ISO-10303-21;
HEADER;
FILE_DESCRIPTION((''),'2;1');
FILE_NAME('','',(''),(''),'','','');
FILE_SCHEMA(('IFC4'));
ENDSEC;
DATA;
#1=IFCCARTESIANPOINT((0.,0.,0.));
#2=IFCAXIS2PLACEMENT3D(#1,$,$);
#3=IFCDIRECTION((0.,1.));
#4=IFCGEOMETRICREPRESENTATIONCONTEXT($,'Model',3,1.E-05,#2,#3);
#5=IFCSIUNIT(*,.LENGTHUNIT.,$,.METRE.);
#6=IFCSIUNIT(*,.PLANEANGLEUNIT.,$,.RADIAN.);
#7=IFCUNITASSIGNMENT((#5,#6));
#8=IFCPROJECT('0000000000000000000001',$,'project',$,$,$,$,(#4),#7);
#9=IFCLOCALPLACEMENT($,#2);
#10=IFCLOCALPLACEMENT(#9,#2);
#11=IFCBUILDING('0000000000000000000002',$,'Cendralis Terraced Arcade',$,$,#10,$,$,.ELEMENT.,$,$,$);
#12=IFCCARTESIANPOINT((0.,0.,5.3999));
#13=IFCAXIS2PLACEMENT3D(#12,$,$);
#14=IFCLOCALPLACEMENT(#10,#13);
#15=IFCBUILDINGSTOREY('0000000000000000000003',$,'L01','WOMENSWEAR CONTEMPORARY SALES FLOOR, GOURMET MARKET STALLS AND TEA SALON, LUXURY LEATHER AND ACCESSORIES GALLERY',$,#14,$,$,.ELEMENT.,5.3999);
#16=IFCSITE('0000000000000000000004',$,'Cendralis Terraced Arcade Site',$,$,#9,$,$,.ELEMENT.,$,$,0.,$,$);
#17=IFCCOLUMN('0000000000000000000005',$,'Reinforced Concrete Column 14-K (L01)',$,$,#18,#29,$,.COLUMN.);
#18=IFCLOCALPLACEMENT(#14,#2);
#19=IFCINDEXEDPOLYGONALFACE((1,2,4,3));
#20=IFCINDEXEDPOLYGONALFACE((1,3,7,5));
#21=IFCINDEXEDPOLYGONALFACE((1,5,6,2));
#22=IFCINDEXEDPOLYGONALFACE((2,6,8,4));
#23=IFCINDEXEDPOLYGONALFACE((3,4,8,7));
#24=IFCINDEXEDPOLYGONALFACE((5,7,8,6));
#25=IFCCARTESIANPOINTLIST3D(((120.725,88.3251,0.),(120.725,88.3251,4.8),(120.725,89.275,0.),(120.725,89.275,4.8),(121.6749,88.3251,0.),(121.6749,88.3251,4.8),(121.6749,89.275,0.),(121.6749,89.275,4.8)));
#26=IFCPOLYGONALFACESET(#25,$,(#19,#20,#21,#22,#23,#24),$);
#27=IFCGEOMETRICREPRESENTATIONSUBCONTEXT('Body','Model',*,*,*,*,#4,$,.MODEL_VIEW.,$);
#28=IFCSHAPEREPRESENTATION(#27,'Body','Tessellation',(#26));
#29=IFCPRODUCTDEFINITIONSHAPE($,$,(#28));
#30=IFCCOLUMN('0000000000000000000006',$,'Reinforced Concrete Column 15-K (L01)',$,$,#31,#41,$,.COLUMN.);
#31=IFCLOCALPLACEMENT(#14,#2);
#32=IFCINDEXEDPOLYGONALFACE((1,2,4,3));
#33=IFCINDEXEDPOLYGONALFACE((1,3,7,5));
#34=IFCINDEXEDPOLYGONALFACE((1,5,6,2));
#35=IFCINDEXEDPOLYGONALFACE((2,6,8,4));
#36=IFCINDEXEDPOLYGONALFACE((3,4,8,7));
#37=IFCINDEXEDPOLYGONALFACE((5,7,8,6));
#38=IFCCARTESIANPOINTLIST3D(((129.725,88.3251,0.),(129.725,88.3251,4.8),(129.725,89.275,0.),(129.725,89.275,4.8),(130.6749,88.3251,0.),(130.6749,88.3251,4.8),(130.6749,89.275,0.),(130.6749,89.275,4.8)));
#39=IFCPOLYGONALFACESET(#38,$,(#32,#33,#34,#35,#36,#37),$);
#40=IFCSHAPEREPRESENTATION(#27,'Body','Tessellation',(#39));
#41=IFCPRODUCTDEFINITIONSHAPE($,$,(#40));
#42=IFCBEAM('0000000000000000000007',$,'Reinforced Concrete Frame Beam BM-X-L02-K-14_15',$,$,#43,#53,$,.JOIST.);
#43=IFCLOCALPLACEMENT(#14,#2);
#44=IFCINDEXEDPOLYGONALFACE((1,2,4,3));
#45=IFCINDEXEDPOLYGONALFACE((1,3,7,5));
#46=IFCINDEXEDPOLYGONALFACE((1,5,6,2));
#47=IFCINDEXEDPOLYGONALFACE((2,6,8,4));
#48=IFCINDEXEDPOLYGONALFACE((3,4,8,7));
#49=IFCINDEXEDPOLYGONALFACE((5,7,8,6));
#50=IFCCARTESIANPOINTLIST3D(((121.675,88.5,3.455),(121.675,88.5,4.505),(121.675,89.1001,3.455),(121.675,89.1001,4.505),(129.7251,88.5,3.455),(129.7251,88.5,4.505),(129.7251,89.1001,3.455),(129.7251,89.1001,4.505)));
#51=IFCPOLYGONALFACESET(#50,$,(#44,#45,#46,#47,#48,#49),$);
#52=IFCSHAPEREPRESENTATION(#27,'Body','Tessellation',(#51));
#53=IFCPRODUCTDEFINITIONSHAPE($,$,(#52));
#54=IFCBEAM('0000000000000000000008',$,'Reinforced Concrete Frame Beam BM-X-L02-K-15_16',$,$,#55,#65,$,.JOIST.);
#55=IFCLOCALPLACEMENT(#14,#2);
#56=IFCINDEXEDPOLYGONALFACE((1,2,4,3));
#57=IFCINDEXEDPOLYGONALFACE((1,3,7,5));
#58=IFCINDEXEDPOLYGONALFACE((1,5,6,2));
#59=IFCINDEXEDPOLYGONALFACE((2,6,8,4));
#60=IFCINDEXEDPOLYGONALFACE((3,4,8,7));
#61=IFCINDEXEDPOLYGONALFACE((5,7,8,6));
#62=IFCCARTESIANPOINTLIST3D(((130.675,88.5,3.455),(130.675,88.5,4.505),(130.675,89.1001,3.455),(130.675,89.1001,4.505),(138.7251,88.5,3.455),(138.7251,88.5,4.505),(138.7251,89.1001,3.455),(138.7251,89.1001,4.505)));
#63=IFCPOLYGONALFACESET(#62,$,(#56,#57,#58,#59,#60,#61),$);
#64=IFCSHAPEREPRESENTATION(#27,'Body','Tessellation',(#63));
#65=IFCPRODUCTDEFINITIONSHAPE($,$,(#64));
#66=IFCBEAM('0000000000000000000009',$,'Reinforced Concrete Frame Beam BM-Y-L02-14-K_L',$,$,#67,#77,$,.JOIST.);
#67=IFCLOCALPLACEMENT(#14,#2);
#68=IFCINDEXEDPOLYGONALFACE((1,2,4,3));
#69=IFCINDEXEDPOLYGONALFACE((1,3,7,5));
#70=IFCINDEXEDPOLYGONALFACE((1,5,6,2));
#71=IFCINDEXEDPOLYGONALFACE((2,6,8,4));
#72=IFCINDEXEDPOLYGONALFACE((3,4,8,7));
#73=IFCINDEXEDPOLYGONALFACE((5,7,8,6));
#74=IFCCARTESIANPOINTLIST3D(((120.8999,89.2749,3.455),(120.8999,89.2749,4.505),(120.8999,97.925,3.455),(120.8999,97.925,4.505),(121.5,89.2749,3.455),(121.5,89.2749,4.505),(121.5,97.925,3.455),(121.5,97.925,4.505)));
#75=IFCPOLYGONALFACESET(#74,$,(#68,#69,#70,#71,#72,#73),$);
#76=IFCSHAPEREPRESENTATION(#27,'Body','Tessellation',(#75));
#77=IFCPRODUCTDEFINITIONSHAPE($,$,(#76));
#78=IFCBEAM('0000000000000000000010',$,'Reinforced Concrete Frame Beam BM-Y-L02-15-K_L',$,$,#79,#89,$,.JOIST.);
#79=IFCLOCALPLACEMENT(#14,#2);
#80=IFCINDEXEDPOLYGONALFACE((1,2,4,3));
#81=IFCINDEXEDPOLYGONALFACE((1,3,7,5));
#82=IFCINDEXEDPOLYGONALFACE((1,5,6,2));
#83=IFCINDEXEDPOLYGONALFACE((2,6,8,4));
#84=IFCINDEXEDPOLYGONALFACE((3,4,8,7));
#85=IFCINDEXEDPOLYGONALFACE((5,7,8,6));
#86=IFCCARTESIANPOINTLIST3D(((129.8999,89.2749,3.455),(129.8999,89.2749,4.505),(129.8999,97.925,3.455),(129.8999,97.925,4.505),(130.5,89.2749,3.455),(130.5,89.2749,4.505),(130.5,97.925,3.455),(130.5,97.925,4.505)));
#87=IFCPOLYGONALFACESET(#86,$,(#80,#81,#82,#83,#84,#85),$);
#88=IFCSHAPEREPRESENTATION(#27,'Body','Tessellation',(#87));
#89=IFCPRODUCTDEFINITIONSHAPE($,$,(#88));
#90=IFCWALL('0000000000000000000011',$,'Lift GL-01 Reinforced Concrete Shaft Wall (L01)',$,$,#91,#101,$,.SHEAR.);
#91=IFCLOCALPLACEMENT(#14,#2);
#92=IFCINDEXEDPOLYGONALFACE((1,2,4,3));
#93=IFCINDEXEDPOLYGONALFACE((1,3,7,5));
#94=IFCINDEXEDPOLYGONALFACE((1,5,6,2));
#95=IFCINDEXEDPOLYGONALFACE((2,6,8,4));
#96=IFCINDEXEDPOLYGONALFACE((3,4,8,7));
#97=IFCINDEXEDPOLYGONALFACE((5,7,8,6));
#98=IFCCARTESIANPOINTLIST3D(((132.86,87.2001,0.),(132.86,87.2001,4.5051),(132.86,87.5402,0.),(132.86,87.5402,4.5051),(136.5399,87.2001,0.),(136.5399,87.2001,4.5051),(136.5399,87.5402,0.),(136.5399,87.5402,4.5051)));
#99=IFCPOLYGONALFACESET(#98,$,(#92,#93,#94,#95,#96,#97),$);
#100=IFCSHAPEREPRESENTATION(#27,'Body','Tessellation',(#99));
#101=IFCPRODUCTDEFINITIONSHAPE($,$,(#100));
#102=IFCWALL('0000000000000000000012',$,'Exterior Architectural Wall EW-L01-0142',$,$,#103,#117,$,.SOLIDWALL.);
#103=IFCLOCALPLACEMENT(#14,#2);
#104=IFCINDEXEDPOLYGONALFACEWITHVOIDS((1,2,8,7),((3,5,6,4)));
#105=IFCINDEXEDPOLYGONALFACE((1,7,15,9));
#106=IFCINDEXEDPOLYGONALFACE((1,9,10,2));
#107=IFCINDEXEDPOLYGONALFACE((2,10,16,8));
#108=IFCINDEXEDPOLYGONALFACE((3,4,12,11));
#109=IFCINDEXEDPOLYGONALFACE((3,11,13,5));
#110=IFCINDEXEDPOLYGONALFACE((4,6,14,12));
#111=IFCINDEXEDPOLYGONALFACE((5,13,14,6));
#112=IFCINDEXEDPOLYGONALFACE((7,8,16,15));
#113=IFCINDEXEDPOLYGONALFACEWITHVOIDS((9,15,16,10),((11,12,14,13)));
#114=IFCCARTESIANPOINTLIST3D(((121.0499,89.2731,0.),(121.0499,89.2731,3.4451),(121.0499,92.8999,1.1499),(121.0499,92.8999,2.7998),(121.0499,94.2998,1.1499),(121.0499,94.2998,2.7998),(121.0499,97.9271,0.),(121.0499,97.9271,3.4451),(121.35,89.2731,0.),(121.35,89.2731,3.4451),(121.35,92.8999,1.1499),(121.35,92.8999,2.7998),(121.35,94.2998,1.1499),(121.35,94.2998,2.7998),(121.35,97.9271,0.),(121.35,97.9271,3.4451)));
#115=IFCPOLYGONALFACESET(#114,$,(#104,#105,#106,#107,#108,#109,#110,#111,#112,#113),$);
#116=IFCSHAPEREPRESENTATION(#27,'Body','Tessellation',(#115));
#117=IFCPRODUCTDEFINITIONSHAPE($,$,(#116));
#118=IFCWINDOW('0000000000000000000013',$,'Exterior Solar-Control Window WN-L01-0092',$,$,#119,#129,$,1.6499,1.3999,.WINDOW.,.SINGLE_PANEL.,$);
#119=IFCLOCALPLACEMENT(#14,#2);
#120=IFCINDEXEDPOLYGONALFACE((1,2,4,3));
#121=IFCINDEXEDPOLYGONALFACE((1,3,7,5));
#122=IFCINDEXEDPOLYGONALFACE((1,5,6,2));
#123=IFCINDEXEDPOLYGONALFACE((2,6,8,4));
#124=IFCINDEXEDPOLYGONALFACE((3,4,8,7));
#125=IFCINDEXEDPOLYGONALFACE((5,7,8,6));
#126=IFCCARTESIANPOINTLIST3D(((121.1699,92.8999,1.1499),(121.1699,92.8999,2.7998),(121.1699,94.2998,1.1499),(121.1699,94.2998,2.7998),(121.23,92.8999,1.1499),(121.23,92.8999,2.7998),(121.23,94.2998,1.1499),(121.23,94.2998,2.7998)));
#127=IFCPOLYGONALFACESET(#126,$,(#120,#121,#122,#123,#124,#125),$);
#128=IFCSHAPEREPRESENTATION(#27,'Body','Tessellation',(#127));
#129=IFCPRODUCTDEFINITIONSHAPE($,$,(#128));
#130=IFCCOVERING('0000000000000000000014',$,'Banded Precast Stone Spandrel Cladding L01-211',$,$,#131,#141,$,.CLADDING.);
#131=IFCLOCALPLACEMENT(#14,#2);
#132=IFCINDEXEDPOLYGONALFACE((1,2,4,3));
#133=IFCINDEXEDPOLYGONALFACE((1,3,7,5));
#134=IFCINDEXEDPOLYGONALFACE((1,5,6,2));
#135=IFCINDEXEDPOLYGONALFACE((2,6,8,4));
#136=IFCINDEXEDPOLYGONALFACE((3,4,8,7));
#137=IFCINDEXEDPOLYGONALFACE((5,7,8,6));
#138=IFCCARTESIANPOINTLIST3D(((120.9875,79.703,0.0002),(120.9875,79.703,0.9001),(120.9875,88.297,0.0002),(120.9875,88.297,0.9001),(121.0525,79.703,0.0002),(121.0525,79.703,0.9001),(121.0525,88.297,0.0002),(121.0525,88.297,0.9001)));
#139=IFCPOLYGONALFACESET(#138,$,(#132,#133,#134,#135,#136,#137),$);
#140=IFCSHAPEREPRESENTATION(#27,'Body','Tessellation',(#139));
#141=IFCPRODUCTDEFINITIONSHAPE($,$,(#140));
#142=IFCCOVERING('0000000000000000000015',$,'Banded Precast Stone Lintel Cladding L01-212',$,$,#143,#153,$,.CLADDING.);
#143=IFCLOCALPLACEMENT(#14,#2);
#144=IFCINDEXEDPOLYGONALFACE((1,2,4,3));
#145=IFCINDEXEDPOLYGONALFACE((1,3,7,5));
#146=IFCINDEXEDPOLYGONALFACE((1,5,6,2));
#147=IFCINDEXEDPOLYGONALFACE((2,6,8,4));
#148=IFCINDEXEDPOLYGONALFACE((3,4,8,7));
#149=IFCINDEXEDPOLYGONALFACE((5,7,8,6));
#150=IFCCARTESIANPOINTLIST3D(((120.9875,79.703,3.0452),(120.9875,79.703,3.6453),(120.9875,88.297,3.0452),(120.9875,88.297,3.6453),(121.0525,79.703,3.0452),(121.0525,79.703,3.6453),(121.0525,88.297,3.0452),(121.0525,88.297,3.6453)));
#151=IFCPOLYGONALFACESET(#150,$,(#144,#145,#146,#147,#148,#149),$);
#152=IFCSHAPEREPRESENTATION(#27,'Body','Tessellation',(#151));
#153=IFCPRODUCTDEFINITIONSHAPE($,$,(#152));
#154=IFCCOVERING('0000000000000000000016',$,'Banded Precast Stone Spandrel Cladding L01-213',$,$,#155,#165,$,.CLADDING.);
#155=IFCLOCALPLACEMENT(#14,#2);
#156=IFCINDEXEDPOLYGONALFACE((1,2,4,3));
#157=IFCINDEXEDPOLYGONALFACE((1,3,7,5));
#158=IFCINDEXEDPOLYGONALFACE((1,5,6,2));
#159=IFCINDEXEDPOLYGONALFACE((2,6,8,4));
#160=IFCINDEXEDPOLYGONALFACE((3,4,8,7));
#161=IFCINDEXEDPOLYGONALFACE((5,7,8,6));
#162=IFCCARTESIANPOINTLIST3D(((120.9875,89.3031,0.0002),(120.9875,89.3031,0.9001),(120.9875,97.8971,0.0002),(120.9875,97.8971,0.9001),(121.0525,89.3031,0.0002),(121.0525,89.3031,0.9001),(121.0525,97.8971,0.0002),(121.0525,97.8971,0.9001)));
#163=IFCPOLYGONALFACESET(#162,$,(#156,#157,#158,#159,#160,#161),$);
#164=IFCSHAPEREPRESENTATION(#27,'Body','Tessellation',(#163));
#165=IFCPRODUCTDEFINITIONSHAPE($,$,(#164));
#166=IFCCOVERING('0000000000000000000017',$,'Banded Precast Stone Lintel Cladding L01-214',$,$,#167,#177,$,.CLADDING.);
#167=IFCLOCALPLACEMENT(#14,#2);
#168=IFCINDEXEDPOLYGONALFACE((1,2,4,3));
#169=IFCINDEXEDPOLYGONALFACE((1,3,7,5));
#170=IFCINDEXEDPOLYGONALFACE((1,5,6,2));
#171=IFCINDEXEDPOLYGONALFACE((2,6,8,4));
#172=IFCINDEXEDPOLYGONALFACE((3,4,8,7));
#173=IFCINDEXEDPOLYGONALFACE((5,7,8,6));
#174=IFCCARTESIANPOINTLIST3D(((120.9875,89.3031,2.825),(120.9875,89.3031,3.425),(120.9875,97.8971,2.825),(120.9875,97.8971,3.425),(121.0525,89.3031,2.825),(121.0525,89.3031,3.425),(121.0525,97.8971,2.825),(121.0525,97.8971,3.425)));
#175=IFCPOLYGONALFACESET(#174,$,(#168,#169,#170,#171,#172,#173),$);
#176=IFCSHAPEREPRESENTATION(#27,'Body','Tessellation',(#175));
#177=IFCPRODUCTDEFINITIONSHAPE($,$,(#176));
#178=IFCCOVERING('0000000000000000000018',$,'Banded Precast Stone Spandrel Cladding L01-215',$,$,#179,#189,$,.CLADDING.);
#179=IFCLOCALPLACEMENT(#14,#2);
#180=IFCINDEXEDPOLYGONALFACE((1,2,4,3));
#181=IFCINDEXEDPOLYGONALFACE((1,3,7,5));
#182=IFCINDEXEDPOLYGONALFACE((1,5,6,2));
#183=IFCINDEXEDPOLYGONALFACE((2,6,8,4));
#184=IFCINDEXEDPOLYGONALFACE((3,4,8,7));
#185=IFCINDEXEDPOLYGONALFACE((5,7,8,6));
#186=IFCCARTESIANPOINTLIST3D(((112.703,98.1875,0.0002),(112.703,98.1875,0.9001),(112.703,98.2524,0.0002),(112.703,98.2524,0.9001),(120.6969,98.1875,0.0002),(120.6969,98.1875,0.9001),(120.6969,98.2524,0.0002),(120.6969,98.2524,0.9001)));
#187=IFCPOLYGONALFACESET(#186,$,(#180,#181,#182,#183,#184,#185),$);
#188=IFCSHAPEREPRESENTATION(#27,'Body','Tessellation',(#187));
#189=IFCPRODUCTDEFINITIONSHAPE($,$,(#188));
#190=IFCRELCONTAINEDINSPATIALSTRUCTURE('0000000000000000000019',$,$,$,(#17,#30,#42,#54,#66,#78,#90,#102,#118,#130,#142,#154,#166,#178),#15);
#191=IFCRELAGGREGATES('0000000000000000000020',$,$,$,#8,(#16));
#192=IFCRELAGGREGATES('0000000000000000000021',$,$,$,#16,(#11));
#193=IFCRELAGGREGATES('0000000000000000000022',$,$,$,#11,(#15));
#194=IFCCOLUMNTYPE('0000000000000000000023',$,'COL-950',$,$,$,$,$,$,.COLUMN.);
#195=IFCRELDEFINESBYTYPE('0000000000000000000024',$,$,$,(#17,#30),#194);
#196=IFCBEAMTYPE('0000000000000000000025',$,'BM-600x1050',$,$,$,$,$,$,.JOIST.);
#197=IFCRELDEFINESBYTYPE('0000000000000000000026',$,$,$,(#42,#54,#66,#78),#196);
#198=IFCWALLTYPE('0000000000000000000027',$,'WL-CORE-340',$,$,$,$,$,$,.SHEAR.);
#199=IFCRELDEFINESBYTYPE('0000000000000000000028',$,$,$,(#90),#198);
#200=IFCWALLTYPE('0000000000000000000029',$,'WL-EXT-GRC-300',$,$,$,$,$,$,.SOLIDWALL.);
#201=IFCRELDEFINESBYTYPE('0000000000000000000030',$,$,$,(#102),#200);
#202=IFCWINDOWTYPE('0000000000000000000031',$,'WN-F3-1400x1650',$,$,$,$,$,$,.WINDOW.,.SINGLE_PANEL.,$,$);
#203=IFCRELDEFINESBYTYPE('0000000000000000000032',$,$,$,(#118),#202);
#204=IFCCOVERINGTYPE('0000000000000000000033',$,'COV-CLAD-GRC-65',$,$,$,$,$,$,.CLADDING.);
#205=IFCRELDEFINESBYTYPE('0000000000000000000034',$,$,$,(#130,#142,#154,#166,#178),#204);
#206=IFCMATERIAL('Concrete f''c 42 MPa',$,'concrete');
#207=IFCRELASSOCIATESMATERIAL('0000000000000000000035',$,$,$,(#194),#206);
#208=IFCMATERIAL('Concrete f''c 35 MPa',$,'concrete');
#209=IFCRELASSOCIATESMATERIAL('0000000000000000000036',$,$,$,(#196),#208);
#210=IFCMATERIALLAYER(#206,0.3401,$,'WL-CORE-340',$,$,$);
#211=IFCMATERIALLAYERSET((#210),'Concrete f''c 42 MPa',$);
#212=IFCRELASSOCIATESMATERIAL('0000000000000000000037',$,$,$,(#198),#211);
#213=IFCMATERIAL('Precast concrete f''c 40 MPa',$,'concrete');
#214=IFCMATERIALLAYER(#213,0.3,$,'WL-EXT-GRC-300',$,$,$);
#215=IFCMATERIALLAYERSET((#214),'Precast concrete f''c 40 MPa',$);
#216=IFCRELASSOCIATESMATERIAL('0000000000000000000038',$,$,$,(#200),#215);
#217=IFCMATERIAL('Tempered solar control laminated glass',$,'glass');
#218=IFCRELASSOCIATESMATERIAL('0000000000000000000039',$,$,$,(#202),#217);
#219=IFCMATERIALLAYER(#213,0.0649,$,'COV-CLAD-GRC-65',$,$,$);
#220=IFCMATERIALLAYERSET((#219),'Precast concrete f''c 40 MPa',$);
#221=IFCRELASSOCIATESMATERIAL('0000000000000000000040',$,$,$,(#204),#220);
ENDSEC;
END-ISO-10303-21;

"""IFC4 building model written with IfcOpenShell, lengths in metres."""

from ifc_helpers import new_model, si_unit, direction, frame, frame_2d, origin, origin_2d, place, context, subcontext, project, spatial, rectangle, extrude, material, layer, layer_set, material_profile, profile_set, type_object, element, fill, save


model = new_model("IFC4")

# Units and contexts
model_context = context("Model", 3, precision=1e-05, world=origin(), true_north=direction((0.0, 1.0)))
body_context = subcontext(model_context, "Body", "Model", "MODEL_VIEW")
ifc_project = project(units=[si_unit("LENGTHUNIT", "METRE"), si_unit("PLANEANGLEUNIT", "RADIAN")], contexts=[model_context])

# Site, building, storey
site_placement = place(None, origin())
site = spatial("IfcSite", under=ifc_project, at=site_placement, Name="Cendralis Terraced Arcade Site", CompositionType="ELEMENT", RefElevation=0.0)
building_placement = place(site_placement, origin())
building = spatial("IfcBuilding", under=site, at=building_placement, Name="Cendralis Terraced Arcade", CompositionType="ELEMENT")
storey_placement = place(building_placement, frame((0.0, 0.0, 5.3999)))
storey = spatial("IfcBuildingStorey", under=building, at=storey_placement, Name="L01", Description="WOMENSWEAR CONTEMPORARY SALES FLOOR, GOURMET MARKET STALLS AND TEA SALON, LUXURY LEATHER AND ACCESSORIES GALLERY", CompositionType="ELEMENT", Elevation=5.3999)

# Columns
ifc_material_1 = material(Name="Concrete f'c 42 MPa", Category="concrete")
ifc_material_profile_1 = material_profile(ifc_material_1, rectangle(XDim=0.95, YDim=0.95, at=origin_2d()), Name="RC-COL-950x950", Category="LoadBearing")
ifc_profile_set_1 = profile_set([ifc_material_profile_1], Name="Concrete f'c 42 MPa")
column_type = type_object("IfcColumnType", Name="COL-950", PredefinedType="COLUMN", material=ifc_profile_set_1)
for number, where, z_axis, x_axis, name in (
    (1, (121.2, 88.8, 0.0), (0.0, 0.0, 1.0), (1.0, 0.0, 0.0), "Reinforced Concrete Column 14-K (L01)"),
    (2, (130.2, 88.8, 0.0), (0.0, 0.0, 1.0), (1.0, 0.0, 0.0), "Reinforced Concrete Column 15-K (L01)"),
):
    element("IfcColumn", number, at=place(storey_placement, frame(where, z_axis=z_axis, x_axis=x_axis)), inside=storey, type_object=column_type, Name=name, PredefinedType="COLUMN", context=body_context, shape_type="SweptSolid", body=[
        extrude(rectangle(XDim=0.95, YDim=0.95, at=origin_2d()), origin(), (0.0, 0.0, 1.0), 4.8),
    ])

# Beams
ifc_material_2 = material(Name="Concrete f'c 35 MPa", Category="concrete")
ifc_material_profile_2 = material_profile(ifc_material_2, rectangle(XDim=0.6001, YDim=1.05, at=origin_2d()), Name="RC-BM-600x1050", Category="LoadBearing")
ifc_profile_set_2 = profile_set([ifc_material_profile_2], Name="Concrete f'c 35 MPa")
beam_type = type_object("IfcBeamType", Name="BM-600x1050", PredefinedType="JOIST", material=ifc_profile_set_2)
for number, where, z_axis, x_axis, name in (
    (3, (121.675, 88.8, 3.98), (1.0, 0.0, 0.0), (0.0, 1.0, 0.0), "Reinforced Concrete Frame Beam BM-X-L02-K-14_15"),
    (4, (130.675, 88.8, 3.98), (1.0, 0.0, 0.0), (0.0, 1.0, 0.0), "Reinforced Concrete Frame Beam BM-X-L02-K-15_16"),
):
    element("IfcBeam", number, at=place(storey_placement, frame(where, z_axis=z_axis, x_axis=x_axis)), inside=storey, type_object=beam_type, Name=name, PredefinedType="JOIST", context=body_context, shape_type="SweptSolid", body=[
        extrude(rectangle(XDim=0.6001, YDim=1.05, at=origin_2d()), origin(), (0.0, 0.0, 1.0), 8.05),
    ])
for number, where, z_axis, x_axis, name in (
    (5, (121.2, 89.2749, 3.98), (0.0, 1.0, 0.0), (-1.0, 0.0, 0.0), "Reinforced Concrete Frame Beam BM-Y-L02-14-K_L"),
    (6, (130.2, 89.2749, 3.98), (0.0, 1.0, 0.0), (-1.0, 0.0, 0.0), "Reinforced Concrete Frame Beam BM-Y-L02-15-K_L"),
):
    element("IfcBeam", number, at=place(storey_placement, frame(where, z_axis=z_axis, x_axis=x_axis)), inside=storey, type_object=beam_type, Name=name, PredefinedType="JOIST", context=body_context, shape_type="SweptSolid", body=[
        extrude(rectangle(XDim=0.6001, YDim=1.05, at=origin_2d()), origin(), (0.0, 0.0, 1.0), 8.6501),
    ])

# Shared definitions
ifc_layer_1 = layer(ifc_material_1, 0.3401, Name="WL-CORE-340")
ifc_layer_set_1 = layer_set([ifc_layer_1], Name="Concrete f'c 42 MPa")
wall_type_1 = type_object("IfcWallType", Name="WL-CORE-340", PredefinedType="SHEAR", material=ifc_layer_set_1)

# Wall
wall_1_placement = place(storey_placement, frame((132.8601, 87.3701, 0.0), z_axis=(0.0, 0.0, 1.0), x_axis=(1.0, 0.0, 0.0)))
element("IfcWall", 7, at=wall_1_placement, inside=storey, type_object=wall_type_1, Name="Lift GL-01 Reinforced Concrete Shaft Wall (L01)", PredefinedType="SHEAR", context=body_context, shape_type="SweptSolid", body=[
    extrude(rectangle(XDim=3.6799, YDim=0.3401, at=frame_2d((1.8398, 0.0))), origin(), (0.0, 0.0, 1.0), 4.5051),
])

# Wall, opening, window
ifc_material_3 = material(Name="Precast concrete f'c 40 MPa", Category="concrete")
ifc_layer_2 = layer(ifc_material_3, 0.3, Name="WL-EXT-GRC-300")
ifc_layer_set_2 = layer_set([ifc_layer_2], Name="Precast concrete f'c 40 MPa")
wall_type_2 = type_object("IfcWallType", Name="WL-EXT-GRC-300", PredefinedType="SOLIDWALL", material=ifc_layer_set_2)
wall_2_placement = place(storey_placement, frame((121.2, 89.2729, 0.0), z_axis=(0.0, 0.0, 1.0), x_axis=(0.0, 1.0, 0.0)))
wall_2 = element("IfcWall", 8, at=wall_2_placement, inside=storey, type_object=wall_type_2, Name="Exterior Architectural Wall EW-L01-0142", PredefinedType="SOLIDWALL", context=body_context, shape_type="SweptSolid", body=[
    extrude(rectangle(XDim=8.6541, YDim=0.3, at=frame_2d((4.3271, 0.0))), origin(), (0.0, 0.0, 1.0), 3.4451),
])
opening_1_placement = place(wall_2_placement, frame((3.627, 0.0, 1.1499)))
opening_1 = element("IfcOpeningElement", 9, at=opening_1_placement, cuts=wall_2, PredefinedType="OPENING", context=body_context, shape_type="SweptSolid", body=[
    extrude(rectangle(XDim=1.3999, YDim=1.6499, at=frame_2d((0.7, 0.825))), frame((0.0, 0.1621, 0.0), z_axis=(0.0, -1.0, 0.0), x_axis=(1.0, 0.0, 0.0)), (0.0, 0.0, 1.0), 0.324),
])
ifc_material_4 = material(Name="Tempered solar control laminated glass", Category="glass")
window_type = type_object("IfcWindowType", Name="WN-F3-1400x1650", PartitioningType="SINGLE_PANEL", PredefinedType="WINDOW", material=ifc_material_4)
window_placement = place(opening_1_placement, origin())
window = element("IfcWindow", 10, at=window_placement, inside=storey, type_object=window_type, Name="Exterior Solar-Control Window WN-L01-0092", OverallHeight=1.6499, OverallWidth=1.3999, PartitioningType="SINGLE_PANEL", PredefinedType="WINDOW", context=body_context, shape_type="SweptSolid", body=[
    extrude(rectangle(XDim=1.3999, YDim=1.6499, at=frame_2d((0.7, 0.825))), frame((0.0, 0.03, 0.0), z_axis=(0.0, -1.0, 0.0), x_axis=(1.0, 0.0, 0.0)), (0.0, 0.0, 1.0), 0.0601),
])
fill(opening_1, window)

# Coverings
ifc_layer_3 = layer(ifc_material_3, 0.0649, Name="COV-CLAD-GRC-65")
ifc_layer_set_3 = layer_set([ifc_layer_3], Name="Precast concrete f'c 40 MPa")
covering_type = type_object("IfcCoveringType", Name="COV-CLAD-GRC-65", PredefinedType="CLADDING", material=ifc_layer_set_3)
covering_1_placement = place(storey_placement, frame((121.02, 84.0, 0.0002), z_axis=(0.0, 0.0, 1.0), x_axis=(0.0, 1.0, 0.0)))
element("IfcCovering", 11, at=covering_1_placement, inside=storey, type_object=covering_type, Name="Banded Precast Stone Spandrel Cladding L01-211", PredefinedType="CLADDING", context=body_context, shape_type="SweptSolid", body=[
    extrude(rectangle(XDim=8.594, YDim=0.0649, at=origin_2d()), origin(), (0.0, 0.0, 1.0), 0.8999),
])
covering_2_placement = place(storey_placement, frame((121.02, 84.0, 3.0452), z_axis=(0.0, 0.0, 1.0), x_axis=(0.0, 1.0, 0.0)))
element("IfcCovering", 12, at=covering_2_placement, inside=storey, type_object=covering_type, Name="Banded Precast Stone Lintel Cladding L01-212", PredefinedType="CLADDING", context=body_context, shape_type="SweptSolid", body=[
    extrude(rectangle(XDim=8.594, YDim=0.0649, at=origin_2d()), origin(), (0.0, 0.0, 1.0), 0.6001),
])
covering_3_placement = place(storey_placement, frame((121.02, 93.6001, 0.0002), z_axis=(0.0, 0.0, 1.0), x_axis=(0.0, 1.0, 0.0)))
element("IfcCovering", 13, at=covering_3_placement, inside=storey, type_object=covering_type, Name="Banded Precast Stone Spandrel Cladding L01-213", PredefinedType="CLADDING", context=body_context, shape_type="SweptSolid", body=[
    extrude(rectangle(XDim=8.594, YDim=0.0649, at=origin_2d()), origin(), (0.0, 0.0, 1.0), 0.8999),
])
covering_4_placement = place(storey_placement, frame((121.02, 93.6001, 2.825), z_axis=(0.0, 0.0, 1.0), x_axis=(0.0, 1.0, 0.0)))
element("IfcCovering", 14, at=covering_4_placement, inside=storey, type_object=covering_type, Name="Banded Precast Stone Lintel Cladding L01-214", PredefinedType="CLADDING", context=body_context, shape_type="SweptSolid", body=[
    extrude(rectangle(XDim=8.594, YDim=0.0649, at=origin_2d()), origin(), (0.0, 0.0, 1.0), 0.6001),
])
for number, where, z_axis, x_axis, name in (
    (15, (116.7, 98.22, 0.0002), (0.0, 0.0, 1.0), (-1.0, 0.0, 0.0), "Banded Precast Stone Spandrel Cladding L01-215"),
):
    element("IfcCovering", number, at=place(storey_placement, frame(where, z_axis=z_axis, x_axis=x_axis)), inside=storey, type_object=covering_type, Name=name, PredefinedType="CLADDING", context=body_context, shape_type="SweptSolid", body=[
        extrude(rectangle(XDim=7.9939, YDim=0.0649, at=origin_2d()), origin(), (0.0, 0.0, 1.0), 0.8999),
    ])

save(model, "model.ifc")
